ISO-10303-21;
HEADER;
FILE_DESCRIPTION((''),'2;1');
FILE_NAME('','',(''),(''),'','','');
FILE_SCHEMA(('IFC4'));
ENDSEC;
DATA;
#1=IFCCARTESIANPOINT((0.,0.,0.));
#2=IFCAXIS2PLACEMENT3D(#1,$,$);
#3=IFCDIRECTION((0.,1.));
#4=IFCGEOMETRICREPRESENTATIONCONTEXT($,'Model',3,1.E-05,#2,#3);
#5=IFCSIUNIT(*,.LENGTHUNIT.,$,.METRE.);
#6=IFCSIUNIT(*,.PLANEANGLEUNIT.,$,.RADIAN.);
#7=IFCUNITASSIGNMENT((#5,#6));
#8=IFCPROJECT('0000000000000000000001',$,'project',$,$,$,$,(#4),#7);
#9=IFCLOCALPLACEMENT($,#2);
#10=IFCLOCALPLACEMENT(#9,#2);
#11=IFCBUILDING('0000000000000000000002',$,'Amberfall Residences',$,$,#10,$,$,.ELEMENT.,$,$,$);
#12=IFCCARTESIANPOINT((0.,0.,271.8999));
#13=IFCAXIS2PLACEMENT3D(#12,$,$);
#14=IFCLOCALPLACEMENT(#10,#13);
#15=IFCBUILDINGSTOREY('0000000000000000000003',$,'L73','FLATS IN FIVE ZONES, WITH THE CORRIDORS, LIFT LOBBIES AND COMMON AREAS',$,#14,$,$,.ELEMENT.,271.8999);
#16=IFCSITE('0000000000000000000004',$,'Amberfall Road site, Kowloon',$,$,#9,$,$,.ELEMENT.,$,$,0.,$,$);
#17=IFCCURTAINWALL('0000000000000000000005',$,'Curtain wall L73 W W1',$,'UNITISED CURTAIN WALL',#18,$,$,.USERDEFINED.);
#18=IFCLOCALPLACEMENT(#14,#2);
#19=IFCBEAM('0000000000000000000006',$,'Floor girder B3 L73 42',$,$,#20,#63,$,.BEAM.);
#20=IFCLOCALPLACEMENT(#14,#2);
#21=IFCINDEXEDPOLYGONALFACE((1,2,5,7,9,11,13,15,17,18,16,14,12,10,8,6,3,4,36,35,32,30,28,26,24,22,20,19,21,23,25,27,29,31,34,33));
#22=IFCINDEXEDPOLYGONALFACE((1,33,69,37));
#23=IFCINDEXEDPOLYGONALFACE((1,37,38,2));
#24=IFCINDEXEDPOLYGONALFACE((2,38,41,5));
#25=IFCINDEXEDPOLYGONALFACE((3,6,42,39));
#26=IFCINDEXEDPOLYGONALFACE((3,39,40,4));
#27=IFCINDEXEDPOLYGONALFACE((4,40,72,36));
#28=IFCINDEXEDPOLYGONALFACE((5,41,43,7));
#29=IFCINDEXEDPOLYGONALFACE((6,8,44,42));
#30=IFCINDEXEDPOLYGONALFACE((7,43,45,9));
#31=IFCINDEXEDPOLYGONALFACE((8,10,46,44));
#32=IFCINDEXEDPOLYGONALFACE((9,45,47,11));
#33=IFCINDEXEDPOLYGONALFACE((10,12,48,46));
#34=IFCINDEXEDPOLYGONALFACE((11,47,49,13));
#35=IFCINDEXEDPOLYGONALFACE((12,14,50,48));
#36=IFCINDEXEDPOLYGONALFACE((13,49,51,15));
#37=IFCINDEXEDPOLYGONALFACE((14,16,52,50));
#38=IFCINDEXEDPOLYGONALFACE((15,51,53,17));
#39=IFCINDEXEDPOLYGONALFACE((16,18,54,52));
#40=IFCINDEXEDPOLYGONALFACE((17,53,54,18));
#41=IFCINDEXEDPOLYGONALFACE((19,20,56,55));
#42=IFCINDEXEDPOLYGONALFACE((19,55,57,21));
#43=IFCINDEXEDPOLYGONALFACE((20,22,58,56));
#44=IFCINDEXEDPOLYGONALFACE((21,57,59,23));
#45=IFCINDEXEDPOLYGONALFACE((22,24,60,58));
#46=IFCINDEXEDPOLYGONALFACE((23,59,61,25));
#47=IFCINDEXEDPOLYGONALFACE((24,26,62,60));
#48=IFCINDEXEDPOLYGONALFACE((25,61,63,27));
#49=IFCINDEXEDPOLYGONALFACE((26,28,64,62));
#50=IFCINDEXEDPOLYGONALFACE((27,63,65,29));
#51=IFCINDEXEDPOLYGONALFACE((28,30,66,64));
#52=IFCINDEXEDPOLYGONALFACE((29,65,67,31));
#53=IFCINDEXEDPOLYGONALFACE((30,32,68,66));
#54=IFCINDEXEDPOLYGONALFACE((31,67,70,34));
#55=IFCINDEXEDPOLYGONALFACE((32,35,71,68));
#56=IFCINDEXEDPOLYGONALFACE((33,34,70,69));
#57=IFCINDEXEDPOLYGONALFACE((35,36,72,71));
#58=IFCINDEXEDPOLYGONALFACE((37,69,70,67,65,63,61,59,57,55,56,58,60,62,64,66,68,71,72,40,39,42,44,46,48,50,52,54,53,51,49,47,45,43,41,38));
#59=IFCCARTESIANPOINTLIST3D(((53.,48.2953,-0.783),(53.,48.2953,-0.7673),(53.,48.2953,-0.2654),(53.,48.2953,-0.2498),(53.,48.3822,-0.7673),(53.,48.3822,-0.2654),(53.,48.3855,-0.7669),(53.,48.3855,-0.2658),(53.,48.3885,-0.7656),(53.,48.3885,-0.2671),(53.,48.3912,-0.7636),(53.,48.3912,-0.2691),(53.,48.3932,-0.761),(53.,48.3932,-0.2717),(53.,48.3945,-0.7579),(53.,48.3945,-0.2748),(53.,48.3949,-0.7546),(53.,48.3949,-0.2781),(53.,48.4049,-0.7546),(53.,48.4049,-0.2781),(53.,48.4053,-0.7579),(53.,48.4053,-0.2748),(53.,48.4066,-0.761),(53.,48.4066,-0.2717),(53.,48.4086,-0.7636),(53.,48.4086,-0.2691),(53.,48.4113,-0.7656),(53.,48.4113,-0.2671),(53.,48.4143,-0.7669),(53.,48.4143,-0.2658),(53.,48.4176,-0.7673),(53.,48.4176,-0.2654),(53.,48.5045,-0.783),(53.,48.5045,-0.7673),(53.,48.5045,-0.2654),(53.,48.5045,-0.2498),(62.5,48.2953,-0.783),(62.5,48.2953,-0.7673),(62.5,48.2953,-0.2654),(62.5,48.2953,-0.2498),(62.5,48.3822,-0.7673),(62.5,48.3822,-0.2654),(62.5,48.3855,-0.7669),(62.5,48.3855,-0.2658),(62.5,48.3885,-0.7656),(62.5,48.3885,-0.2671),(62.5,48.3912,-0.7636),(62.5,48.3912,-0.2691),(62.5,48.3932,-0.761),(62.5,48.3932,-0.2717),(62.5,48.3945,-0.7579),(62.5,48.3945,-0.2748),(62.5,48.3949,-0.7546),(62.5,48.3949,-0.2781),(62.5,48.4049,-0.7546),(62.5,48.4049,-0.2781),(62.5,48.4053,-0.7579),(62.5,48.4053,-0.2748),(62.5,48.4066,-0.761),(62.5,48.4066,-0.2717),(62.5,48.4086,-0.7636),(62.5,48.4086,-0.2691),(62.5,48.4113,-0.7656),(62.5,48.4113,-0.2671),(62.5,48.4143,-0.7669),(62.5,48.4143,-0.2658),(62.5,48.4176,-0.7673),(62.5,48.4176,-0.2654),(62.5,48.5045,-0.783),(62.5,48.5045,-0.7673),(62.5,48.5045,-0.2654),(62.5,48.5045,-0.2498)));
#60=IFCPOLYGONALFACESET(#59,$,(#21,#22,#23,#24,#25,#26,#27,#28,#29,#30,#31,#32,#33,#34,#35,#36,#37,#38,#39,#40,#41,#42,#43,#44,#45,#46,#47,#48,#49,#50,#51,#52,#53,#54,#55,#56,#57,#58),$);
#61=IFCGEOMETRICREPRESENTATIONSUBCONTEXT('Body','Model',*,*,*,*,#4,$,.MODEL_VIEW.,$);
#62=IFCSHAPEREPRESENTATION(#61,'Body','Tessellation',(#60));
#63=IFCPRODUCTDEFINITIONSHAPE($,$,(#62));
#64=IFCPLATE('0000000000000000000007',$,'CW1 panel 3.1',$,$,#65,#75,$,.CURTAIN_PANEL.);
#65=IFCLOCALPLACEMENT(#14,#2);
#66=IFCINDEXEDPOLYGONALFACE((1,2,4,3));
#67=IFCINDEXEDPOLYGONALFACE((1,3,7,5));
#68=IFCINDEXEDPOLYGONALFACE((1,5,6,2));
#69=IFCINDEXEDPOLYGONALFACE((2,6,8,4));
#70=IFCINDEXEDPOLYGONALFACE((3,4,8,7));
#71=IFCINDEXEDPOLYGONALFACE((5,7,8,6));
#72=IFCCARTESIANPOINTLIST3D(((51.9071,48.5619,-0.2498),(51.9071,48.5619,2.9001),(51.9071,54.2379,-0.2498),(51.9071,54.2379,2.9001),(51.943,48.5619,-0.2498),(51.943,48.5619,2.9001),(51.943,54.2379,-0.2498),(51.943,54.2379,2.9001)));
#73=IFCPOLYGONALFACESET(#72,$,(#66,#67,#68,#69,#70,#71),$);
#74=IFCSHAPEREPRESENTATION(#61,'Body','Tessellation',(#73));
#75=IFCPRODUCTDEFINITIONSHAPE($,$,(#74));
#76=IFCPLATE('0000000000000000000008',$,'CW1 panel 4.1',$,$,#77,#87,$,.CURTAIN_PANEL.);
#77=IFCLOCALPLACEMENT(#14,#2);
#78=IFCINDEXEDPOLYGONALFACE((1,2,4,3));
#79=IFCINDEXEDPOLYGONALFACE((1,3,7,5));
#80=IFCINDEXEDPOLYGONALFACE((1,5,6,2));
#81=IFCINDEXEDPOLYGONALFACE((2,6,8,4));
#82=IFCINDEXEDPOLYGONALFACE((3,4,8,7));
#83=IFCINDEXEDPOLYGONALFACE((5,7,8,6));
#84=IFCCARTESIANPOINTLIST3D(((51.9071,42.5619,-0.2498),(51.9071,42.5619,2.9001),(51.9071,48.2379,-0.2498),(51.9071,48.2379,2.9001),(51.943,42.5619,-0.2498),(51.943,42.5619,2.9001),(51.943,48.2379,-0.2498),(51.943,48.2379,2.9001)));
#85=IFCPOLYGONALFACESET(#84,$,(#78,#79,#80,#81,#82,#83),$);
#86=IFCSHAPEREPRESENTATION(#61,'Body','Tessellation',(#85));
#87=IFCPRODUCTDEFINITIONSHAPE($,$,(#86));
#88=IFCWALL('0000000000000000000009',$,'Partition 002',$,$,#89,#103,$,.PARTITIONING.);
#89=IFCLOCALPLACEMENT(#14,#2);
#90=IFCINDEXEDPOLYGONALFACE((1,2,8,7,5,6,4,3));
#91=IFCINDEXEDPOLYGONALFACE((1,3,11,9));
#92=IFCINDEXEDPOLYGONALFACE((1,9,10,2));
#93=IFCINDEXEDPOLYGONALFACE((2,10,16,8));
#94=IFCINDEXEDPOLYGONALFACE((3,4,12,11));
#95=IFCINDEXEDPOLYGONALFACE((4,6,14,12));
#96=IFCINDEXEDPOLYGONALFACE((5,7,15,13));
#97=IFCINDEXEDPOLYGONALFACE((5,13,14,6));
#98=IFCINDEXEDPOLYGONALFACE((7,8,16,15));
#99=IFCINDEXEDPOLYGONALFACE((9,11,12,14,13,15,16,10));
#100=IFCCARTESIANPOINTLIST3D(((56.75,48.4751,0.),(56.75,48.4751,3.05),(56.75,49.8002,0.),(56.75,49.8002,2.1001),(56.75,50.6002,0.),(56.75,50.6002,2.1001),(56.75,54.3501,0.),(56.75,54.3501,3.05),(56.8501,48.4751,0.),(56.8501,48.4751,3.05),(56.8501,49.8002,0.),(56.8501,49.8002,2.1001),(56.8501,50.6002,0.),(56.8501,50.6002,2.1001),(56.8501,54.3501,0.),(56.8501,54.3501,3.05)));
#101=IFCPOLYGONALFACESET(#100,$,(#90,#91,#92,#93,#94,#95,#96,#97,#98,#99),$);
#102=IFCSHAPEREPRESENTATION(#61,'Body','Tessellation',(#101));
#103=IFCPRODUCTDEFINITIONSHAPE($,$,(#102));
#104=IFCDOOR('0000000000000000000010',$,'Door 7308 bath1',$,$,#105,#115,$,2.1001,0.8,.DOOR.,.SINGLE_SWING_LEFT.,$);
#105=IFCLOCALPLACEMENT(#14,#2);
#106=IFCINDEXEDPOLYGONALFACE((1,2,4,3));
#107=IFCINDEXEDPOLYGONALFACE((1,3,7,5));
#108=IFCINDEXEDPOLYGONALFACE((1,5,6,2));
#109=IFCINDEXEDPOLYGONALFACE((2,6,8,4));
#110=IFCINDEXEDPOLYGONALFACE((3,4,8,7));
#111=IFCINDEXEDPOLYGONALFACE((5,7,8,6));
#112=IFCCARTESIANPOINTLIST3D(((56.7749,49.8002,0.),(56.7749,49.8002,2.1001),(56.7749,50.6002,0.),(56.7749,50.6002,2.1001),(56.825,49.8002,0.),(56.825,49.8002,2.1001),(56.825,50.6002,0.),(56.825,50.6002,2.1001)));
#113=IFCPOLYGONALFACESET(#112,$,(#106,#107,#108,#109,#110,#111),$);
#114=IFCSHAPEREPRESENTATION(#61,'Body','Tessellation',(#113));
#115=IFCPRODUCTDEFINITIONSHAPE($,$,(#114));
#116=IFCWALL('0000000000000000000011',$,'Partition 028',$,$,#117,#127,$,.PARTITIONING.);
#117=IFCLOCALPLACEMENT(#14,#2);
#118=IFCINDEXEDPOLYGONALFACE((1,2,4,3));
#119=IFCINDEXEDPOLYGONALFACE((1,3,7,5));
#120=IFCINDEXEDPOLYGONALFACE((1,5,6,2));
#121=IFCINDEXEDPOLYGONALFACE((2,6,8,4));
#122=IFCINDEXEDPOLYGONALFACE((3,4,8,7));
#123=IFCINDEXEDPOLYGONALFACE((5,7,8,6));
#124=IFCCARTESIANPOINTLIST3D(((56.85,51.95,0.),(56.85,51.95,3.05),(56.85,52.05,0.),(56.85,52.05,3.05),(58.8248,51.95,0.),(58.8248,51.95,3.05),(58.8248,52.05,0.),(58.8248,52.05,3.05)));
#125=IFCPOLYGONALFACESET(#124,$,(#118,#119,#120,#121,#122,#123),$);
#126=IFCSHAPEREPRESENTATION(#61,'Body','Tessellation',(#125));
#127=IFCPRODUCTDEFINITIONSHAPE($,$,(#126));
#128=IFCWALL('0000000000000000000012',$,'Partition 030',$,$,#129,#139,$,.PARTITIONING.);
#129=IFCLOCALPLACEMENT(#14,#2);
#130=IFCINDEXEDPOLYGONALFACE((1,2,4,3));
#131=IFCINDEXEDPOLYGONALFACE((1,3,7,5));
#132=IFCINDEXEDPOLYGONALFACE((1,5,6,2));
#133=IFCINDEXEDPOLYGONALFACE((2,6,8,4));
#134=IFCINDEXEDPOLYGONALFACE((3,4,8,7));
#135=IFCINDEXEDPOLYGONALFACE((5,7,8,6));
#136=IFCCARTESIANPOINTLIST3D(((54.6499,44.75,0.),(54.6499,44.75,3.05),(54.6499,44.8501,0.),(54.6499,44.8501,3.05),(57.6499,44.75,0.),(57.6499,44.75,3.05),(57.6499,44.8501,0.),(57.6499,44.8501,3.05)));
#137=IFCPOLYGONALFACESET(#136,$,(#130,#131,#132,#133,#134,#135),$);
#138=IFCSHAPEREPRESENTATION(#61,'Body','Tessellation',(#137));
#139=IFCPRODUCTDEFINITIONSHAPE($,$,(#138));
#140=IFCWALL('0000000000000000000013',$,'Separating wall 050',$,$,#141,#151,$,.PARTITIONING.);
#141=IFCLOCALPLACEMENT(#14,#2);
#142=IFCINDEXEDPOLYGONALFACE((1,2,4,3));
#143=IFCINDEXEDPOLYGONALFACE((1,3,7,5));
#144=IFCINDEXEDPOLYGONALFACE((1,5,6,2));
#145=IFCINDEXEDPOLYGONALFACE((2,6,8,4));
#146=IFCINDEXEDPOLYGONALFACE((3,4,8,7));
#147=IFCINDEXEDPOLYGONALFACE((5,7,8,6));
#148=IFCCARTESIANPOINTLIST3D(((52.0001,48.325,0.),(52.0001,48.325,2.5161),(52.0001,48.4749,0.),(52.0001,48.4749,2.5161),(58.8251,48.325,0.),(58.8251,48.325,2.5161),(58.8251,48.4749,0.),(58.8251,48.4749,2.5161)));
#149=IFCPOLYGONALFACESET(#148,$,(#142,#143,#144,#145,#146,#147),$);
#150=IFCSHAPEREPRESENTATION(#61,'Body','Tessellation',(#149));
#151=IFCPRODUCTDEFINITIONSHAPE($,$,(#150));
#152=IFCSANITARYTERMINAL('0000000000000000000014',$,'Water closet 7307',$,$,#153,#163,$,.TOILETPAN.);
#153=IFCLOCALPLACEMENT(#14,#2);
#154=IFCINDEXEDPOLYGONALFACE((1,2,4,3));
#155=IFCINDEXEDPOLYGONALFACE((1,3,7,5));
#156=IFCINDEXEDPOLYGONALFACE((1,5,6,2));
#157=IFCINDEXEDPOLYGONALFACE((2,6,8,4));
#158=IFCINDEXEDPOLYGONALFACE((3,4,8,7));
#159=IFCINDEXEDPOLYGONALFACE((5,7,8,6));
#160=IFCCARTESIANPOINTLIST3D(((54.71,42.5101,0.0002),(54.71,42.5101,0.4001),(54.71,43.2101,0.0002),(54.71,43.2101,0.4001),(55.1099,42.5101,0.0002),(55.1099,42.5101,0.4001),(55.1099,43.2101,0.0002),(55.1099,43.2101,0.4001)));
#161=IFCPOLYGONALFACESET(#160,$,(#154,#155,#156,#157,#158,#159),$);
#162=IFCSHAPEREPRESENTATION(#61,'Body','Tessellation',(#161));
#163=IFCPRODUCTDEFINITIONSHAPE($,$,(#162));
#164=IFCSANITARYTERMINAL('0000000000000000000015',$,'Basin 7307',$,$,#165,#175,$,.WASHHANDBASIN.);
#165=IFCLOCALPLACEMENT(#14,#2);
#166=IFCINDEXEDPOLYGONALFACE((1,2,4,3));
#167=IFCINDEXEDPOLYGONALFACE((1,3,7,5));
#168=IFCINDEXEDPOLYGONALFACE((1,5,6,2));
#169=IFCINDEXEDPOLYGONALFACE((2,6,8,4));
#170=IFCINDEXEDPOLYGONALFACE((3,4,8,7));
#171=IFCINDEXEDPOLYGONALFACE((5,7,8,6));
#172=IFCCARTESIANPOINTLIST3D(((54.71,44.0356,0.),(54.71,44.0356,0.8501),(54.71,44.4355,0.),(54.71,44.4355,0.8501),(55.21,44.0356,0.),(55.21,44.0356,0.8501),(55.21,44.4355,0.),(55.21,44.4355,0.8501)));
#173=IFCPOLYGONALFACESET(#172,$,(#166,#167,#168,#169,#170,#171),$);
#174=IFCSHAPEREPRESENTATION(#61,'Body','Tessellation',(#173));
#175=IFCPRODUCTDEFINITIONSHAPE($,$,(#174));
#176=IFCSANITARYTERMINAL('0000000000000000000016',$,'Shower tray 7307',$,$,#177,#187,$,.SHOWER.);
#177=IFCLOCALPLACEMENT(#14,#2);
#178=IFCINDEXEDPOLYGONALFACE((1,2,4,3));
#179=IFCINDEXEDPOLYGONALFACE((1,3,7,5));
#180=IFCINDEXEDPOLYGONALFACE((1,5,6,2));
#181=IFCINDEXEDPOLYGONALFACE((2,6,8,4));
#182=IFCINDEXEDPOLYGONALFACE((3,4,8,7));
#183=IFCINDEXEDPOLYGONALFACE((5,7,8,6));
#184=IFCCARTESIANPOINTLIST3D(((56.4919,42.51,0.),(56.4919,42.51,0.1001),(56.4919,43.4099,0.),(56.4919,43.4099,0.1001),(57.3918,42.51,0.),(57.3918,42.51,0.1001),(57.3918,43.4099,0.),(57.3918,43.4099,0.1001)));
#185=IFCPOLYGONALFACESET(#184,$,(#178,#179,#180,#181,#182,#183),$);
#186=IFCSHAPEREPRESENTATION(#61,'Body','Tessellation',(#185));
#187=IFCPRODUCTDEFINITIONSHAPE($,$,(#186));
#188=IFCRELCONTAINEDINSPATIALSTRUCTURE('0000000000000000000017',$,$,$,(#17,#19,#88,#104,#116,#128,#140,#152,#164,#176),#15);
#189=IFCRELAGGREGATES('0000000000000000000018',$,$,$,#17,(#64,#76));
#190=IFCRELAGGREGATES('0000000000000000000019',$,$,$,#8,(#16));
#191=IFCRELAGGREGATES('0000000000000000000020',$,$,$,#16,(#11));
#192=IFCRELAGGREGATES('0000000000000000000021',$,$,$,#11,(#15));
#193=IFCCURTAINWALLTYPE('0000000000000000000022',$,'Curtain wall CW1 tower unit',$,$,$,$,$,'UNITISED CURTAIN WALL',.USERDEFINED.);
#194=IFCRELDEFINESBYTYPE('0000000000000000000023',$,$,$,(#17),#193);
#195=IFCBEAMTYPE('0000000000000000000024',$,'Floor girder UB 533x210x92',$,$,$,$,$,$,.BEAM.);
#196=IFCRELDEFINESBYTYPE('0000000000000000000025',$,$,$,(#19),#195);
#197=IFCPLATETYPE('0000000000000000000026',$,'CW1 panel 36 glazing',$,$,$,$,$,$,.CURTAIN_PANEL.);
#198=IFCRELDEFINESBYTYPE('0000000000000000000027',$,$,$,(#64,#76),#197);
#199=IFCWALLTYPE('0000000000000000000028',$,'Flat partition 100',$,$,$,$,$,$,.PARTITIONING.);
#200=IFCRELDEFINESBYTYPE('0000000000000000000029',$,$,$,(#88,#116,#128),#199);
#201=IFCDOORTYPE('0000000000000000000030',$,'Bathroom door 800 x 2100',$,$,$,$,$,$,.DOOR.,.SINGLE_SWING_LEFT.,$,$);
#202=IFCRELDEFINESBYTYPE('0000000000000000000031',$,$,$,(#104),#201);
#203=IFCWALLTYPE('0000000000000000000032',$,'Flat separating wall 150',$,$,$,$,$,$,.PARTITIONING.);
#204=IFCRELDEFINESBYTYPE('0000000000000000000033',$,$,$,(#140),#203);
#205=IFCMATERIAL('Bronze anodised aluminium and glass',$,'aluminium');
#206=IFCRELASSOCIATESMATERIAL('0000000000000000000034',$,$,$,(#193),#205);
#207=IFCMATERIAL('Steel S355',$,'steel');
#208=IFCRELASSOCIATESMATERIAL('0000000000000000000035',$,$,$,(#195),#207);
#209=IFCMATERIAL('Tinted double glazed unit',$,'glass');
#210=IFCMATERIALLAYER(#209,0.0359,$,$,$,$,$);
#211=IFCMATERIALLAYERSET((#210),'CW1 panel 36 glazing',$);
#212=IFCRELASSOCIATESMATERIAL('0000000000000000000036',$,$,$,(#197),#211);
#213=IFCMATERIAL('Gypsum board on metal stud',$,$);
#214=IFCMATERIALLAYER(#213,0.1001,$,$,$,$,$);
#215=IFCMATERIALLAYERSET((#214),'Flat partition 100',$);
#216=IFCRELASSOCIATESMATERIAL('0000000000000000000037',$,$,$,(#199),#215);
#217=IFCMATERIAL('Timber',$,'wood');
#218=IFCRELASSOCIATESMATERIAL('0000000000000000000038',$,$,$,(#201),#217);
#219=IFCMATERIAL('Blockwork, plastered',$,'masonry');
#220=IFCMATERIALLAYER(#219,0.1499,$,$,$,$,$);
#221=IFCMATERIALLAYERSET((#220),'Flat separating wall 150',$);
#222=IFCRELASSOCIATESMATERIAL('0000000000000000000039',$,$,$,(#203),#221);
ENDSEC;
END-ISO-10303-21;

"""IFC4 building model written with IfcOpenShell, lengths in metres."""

from ifc_helpers import new_model, si_unit, direction, frame, frame_2d, origin, origin_2d, place, context, subcontext, project, spatial, rectangle, i_section, extrude, material, layer, layer_set, material_profile, profile_set, type_object, element, fill, aggregate, save


model = new_model("IFC4")

# Units and contexts
model_context = context("Model", 3, precision=1e-05, world=origin(), true_north=direction((0.0, 1.0)))
body_context = subcontext(model_context, "Body", "Model", "MODEL_VIEW")
ifc_project = project(units=[si_unit("LENGTHUNIT", "METRE"), si_unit("PLANEANGLEUNIT", "RADIAN")], contexts=[model_context])

# Site, building, storey
site_placement = place(None, origin())
site = spatial("IfcSite", under=ifc_project, at=site_placement, Name="Amberfall Road site, Kowloon", CompositionType="ELEMENT", RefElevation=0.0)
building_placement = place(site_placement, origin())
building = spatial("IfcBuilding", under=site, at=building_placement, Name="Amberfall Residences", CompositionType="ELEMENT")
storey_placement = place(building_placement, frame((0.0, 0.0, 271.8999)))
storey = spatial("IfcBuildingStorey", under=building, at=storey_placement, Name="L73", Description="FLATS IN FIVE ZONES, WITH THE CORRIDORS, LIFT LOBBIES AND COMMON AREAS", CompositionType="ELEMENT", Elevation=271.8999)

# Curtain wall
ifc_material_1 = material(Name="Bronze anodised aluminium and glass", Category="aluminium")
curtain_wall_type = type_object("IfcCurtainWallType", Name="Curtain wall CW1 tower unit", ElementType="UNITISED CURTAIN WALL", PredefinedType="USERDEFINED", material=ifc_material_1)
curtain_wall_placement = place(storey_placement, origin())
curtain_wall = element("IfcCurtainWall", 1, at=curtain_wall_placement, inside=storey, type_object=curtain_wall_type, Name="Curtain wall L73 W W1", ObjectType="UNITISED CURTAIN WALL", PredefinedType="USERDEFINED")

# Shared definitions
ifc_material_2 = material(Name="Steel S355", Category="steel")

# Beam
ifc_material_profile_1 = material_profile(ifc_material_2, i_section(OverallWidth=0.2092, OverallDepth=0.5332, WebThickness=0.01, FlangeThickness=0.0156, FilletRadius=0.0127, at=origin_2d()), Name="UB 533x210x92")
ifc_profile_set_1 = profile_set([ifc_material_profile_1], Name="Steel S355")
beam_type_1 = type_object("IfcBeamType", Name="Floor girder UB 533x210x92", PredefinedType="BEAM", material=ifc_profile_set_1)
beam_placement = place(storey_placement, frame((53.0, 48.3999, -0.5164), z_axis=(1.0, 0.0, 0.0), x_axis=(0.0, 1.0, 0.0)))
element("IfcBeam", 2, at=beam_placement, inside=storey, type_object=beam_type_1, Name="Floor girder B3 L73 42", PredefinedType="BEAM", context=body_context, shape_type="SweptSolid", body=[
    extrude(i_section(OverallWidth=0.2092, OverallDepth=0.5332, WebThickness=0.01, FlangeThickness=0.0156, FilletRadius=0.0127, at=origin_2d()), origin(), (0.0, 0.0, 1.0), 9.5),
])

# Plates
ifc_material_3 = material(Name="Tinted double glazed unit", Category="glass")
ifc_layer_1 = layer(ifc_material_3, 0.0359)
ifc_layer_set_1 = layer_set([ifc_layer_1], Name="CW1 panel 36 glazing")
plate_type = type_object("IfcPlateType", Name="CW1 panel 36 glazing", PredefinedType="CURTAIN_PANEL", material=ifc_layer_set_1)
plate_1_placement = place(storey_placement, frame((51.925, 51.3999, -0.2498), z_axis=(0.0, 0.0, 1.0), x_axis=(0.0, -1.0, 0.0)))
plate_1 = element("IfcPlate", 3, at=plate_1_placement, type_object=plate_type, Name="CW1 panel 3.1", PredefinedType="CURTAIN_PANEL", context=body_context, shape_type="SweptSolid", body=[
    extrude(rectangle(XDim=5.676, YDim=0.0359, at=origin_2d()), origin(), (0.0, 0.0, 1.0), 3.1499),
])
plate_2_placement = place(storey_placement, frame((51.925, 45.3999, -0.2498), z_axis=(0.0, 0.0, 1.0), x_axis=(0.0, -1.0, 0.0)))
plate_2 = element("IfcPlate", 4, at=plate_2_placement, type_object=plate_type, Name="CW1 panel 4.1", PredefinedType="CURTAIN_PANEL", context=body_context, shape_type="SweptSolid", body=[
    extrude(rectangle(XDim=5.676, YDim=0.0359, at=origin_2d()), origin(), (0.0, 0.0, 1.0), 3.1499),
])
aggregate(curtain_wall, [plate_1, plate_2])

# Wall, opening, door
ifc_material_4 = material(Name="Gypsum board on metal stud")
ifc_layer_2 = layer(ifc_material_4, 0.1001)
ifc_layer_set_2 = layer_set([ifc_layer_2], Name="Flat partition 100")
wall_type_1 = type_object("IfcWallType", Name="Flat partition 100", PredefinedType="PARTITIONING", material=ifc_layer_set_2)
wall_1_placement = place(storey_placement, frame((56.8, 54.3501, 0.0), z_axis=(0.0, 0.0, 1.0), x_axis=(0.0, -1.0, 0.0)))
wall_1 = element("IfcWall", 5, at=wall_1_placement, inside=storey, type_object=wall_type_1, Name="Partition 002", PredefinedType="PARTITIONING", context=body_context, shape_type="SweptSolid", body=[
    extrude(rectangle(XDim=5.875, YDim=0.1001, at=frame_2d((2.9375, 0.0))), origin(), (0.0, 0.0, 1.0), 3.05),
])
opening_placement = place(wall_1_placement, frame((3.75, 0.0, 0.0)))
opening = element("IfcOpeningElement", 6, at=opening_placement, cuts=wall_1, PredefinedType="OPENING", context=body_context, shape_type="SweptSolid", body=[
    extrude(rectangle(XDim=0.8, YDim=2.1001, at=frame_2d((0.3999, 1.05))), frame((0.0, 0.0601, 0.0), z_axis=(0.0, -1.0, 0.0), x_axis=(1.0, 0.0, 0.0)), (0.0, 0.0, 1.0), 0.1201),
])
ifc_material_5 = material(Name="Timber", Category="wood")
door_type = type_object("IfcDoorType", Name="Bathroom door 800 x 2100", OperationType="SINGLE_SWING_LEFT", PredefinedType="DOOR", material=ifc_material_5)
door_placement = place(opening_placement, origin())
door = element("IfcDoor", 7, at=door_placement, inside=storey, type_object=door_type, Name="Door 7308 bath1", OperationType="SINGLE_SWING_LEFT", OverallHeight=2.1001, OverallWidth=0.8, PredefinedType="DOOR", context=body_context, shape_type="SweptSolid", body=[
    extrude(rectangle(XDim=0.8, YDim=2.1001, at=frame_2d((0.3999, 1.05))), frame((0.0, 0.0249, 0.0), z_axis=(0.0, -1.0, 0.0), x_axis=(1.0, 0.0, 0.0)), (0.0, 0.0, 1.0), 0.05),
])
fill(opening, door)

# Walls
wall_2_placement = place(storey_placement, frame((56.8501, 52.0, 0.0), z_axis=(0.0, 0.0, 1.0), x_axis=(1.0, 0.0, 0.0)))
element("IfcWall", 8, at=wall_2_placement, inside=storey, type_object=wall_type_1, Name="Partition 028", PredefinedType="PARTITIONING", context=body_context, shape_type="SweptSolid", body=[
    extrude(rectangle(XDim=1.9749, YDim=0.1001, at=frame_2d((0.9873, 0.0))), origin(), (0.0, 0.0, 1.0), 3.05),
])
wall_3_placement = place(storey_placement, frame((54.6499, 44.8, 0.0), z_axis=(0.0, 0.0, 1.0), x_axis=(1.0, 0.0, 0.0)))
element("IfcWall", 9, at=wall_3_placement, inside=storey, type_object=wall_type_1, Name="Partition 030", PredefinedType="PARTITIONING", context=body_context, shape_type="SweptSolid", body=[
    extrude(rectangle(XDim=3.0, YDim=0.1001, at=frame_2d((1.5, 0.0))), origin(), (0.0, 0.0, 1.0), 3.05),
])
ifc_material_6 = material(Name="Blockwork, plastered", Category="masonry")
ifc_layer_3 = layer(ifc_material_6, 0.1499)
ifc_layer_set_3 = layer_set([ifc_layer_3], Name="Flat separating wall 150")
wall_type_2 = type_object("IfcWallType", Name="Flat separating wall 150", PredefinedType="PARTITIONING", material=ifc_layer_set_3)
wall_4_placement = place(storey_placement, frame((52.0, 48.3999, 0.0), z_axis=(0.0, 0.0, 1.0), x_axis=(1.0, 0.0, 0.0)))
element("IfcWall", 10, at=wall_4_placement, inside=storey, type_object=wall_type_2, Name="Separating wall 050", PredefinedType="PARTITIONING", context=body_context, shape_type="SweptSolid", body=[
    extrude(rectangle(XDim=6.825, YDim=0.1499, at=frame_2d((3.4126, 0.0))), origin(), (0.0, 0.0, 1.0), 2.5161),
])

# Sanitary terminals
sanitary_terminal_1_placement = place(storey_placement, frame((54.9099, 42.8601, 0.0002), z_axis=(0.0, 0.0, 1.0), x_axis=(1.0, 0.0, 0.0)))
element("IfcSanitaryTerminal", 11, at=sanitary_terminal_1_placement, inside=storey, Name="Water closet 7307", PredefinedType="TOILETPAN", context=body_context, shape_type="SweptSolid", body=[
    extrude(rectangle(XDim=0.3999, YDim=0.7, at=origin_2d()), origin(), (0.0, 0.0, 1.0), 0.3999),
])
sanitary_terminal_2_placement = place(storey_placement, frame((54.96, 44.2356, 0.0), z_axis=(0.0, 0.0, 1.0), x_axis=(1.0, 0.0, 0.0)))
element("IfcSanitaryTerminal", 12, at=sanitary_terminal_2_placement, inside=storey, Name="Basin 7307", PredefinedType="WASHHANDBASIN", context=body_context, shape_type="SweptSolid", body=[
    extrude(rectangle(XDim=0.5, YDim=0.3999, at=origin_2d()), origin(), (0.0, 0.0, 1.0), 0.8501),
])
sanitary_terminal_3_placement = place(storey_placement, frame((56.9419, 42.96, 0.0), z_axis=(0.0, 0.0, 1.0), x_axis=(1.0, 0.0, 0.0)))
element("IfcSanitaryTerminal", 13, at=sanitary_terminal_3_placement, inside=storey, Name="Shower tray 7307", PredefinedType="SHOWER", context=body_context, shape_type="SweptSolid", body=[
    extrude(rectangle(XDim=0.8999, YDim=0.8999, at=origin_2d()), origin(), (0.0, 0.0, 1.0), 0.1001),
])

save(model, "model.ifc")
